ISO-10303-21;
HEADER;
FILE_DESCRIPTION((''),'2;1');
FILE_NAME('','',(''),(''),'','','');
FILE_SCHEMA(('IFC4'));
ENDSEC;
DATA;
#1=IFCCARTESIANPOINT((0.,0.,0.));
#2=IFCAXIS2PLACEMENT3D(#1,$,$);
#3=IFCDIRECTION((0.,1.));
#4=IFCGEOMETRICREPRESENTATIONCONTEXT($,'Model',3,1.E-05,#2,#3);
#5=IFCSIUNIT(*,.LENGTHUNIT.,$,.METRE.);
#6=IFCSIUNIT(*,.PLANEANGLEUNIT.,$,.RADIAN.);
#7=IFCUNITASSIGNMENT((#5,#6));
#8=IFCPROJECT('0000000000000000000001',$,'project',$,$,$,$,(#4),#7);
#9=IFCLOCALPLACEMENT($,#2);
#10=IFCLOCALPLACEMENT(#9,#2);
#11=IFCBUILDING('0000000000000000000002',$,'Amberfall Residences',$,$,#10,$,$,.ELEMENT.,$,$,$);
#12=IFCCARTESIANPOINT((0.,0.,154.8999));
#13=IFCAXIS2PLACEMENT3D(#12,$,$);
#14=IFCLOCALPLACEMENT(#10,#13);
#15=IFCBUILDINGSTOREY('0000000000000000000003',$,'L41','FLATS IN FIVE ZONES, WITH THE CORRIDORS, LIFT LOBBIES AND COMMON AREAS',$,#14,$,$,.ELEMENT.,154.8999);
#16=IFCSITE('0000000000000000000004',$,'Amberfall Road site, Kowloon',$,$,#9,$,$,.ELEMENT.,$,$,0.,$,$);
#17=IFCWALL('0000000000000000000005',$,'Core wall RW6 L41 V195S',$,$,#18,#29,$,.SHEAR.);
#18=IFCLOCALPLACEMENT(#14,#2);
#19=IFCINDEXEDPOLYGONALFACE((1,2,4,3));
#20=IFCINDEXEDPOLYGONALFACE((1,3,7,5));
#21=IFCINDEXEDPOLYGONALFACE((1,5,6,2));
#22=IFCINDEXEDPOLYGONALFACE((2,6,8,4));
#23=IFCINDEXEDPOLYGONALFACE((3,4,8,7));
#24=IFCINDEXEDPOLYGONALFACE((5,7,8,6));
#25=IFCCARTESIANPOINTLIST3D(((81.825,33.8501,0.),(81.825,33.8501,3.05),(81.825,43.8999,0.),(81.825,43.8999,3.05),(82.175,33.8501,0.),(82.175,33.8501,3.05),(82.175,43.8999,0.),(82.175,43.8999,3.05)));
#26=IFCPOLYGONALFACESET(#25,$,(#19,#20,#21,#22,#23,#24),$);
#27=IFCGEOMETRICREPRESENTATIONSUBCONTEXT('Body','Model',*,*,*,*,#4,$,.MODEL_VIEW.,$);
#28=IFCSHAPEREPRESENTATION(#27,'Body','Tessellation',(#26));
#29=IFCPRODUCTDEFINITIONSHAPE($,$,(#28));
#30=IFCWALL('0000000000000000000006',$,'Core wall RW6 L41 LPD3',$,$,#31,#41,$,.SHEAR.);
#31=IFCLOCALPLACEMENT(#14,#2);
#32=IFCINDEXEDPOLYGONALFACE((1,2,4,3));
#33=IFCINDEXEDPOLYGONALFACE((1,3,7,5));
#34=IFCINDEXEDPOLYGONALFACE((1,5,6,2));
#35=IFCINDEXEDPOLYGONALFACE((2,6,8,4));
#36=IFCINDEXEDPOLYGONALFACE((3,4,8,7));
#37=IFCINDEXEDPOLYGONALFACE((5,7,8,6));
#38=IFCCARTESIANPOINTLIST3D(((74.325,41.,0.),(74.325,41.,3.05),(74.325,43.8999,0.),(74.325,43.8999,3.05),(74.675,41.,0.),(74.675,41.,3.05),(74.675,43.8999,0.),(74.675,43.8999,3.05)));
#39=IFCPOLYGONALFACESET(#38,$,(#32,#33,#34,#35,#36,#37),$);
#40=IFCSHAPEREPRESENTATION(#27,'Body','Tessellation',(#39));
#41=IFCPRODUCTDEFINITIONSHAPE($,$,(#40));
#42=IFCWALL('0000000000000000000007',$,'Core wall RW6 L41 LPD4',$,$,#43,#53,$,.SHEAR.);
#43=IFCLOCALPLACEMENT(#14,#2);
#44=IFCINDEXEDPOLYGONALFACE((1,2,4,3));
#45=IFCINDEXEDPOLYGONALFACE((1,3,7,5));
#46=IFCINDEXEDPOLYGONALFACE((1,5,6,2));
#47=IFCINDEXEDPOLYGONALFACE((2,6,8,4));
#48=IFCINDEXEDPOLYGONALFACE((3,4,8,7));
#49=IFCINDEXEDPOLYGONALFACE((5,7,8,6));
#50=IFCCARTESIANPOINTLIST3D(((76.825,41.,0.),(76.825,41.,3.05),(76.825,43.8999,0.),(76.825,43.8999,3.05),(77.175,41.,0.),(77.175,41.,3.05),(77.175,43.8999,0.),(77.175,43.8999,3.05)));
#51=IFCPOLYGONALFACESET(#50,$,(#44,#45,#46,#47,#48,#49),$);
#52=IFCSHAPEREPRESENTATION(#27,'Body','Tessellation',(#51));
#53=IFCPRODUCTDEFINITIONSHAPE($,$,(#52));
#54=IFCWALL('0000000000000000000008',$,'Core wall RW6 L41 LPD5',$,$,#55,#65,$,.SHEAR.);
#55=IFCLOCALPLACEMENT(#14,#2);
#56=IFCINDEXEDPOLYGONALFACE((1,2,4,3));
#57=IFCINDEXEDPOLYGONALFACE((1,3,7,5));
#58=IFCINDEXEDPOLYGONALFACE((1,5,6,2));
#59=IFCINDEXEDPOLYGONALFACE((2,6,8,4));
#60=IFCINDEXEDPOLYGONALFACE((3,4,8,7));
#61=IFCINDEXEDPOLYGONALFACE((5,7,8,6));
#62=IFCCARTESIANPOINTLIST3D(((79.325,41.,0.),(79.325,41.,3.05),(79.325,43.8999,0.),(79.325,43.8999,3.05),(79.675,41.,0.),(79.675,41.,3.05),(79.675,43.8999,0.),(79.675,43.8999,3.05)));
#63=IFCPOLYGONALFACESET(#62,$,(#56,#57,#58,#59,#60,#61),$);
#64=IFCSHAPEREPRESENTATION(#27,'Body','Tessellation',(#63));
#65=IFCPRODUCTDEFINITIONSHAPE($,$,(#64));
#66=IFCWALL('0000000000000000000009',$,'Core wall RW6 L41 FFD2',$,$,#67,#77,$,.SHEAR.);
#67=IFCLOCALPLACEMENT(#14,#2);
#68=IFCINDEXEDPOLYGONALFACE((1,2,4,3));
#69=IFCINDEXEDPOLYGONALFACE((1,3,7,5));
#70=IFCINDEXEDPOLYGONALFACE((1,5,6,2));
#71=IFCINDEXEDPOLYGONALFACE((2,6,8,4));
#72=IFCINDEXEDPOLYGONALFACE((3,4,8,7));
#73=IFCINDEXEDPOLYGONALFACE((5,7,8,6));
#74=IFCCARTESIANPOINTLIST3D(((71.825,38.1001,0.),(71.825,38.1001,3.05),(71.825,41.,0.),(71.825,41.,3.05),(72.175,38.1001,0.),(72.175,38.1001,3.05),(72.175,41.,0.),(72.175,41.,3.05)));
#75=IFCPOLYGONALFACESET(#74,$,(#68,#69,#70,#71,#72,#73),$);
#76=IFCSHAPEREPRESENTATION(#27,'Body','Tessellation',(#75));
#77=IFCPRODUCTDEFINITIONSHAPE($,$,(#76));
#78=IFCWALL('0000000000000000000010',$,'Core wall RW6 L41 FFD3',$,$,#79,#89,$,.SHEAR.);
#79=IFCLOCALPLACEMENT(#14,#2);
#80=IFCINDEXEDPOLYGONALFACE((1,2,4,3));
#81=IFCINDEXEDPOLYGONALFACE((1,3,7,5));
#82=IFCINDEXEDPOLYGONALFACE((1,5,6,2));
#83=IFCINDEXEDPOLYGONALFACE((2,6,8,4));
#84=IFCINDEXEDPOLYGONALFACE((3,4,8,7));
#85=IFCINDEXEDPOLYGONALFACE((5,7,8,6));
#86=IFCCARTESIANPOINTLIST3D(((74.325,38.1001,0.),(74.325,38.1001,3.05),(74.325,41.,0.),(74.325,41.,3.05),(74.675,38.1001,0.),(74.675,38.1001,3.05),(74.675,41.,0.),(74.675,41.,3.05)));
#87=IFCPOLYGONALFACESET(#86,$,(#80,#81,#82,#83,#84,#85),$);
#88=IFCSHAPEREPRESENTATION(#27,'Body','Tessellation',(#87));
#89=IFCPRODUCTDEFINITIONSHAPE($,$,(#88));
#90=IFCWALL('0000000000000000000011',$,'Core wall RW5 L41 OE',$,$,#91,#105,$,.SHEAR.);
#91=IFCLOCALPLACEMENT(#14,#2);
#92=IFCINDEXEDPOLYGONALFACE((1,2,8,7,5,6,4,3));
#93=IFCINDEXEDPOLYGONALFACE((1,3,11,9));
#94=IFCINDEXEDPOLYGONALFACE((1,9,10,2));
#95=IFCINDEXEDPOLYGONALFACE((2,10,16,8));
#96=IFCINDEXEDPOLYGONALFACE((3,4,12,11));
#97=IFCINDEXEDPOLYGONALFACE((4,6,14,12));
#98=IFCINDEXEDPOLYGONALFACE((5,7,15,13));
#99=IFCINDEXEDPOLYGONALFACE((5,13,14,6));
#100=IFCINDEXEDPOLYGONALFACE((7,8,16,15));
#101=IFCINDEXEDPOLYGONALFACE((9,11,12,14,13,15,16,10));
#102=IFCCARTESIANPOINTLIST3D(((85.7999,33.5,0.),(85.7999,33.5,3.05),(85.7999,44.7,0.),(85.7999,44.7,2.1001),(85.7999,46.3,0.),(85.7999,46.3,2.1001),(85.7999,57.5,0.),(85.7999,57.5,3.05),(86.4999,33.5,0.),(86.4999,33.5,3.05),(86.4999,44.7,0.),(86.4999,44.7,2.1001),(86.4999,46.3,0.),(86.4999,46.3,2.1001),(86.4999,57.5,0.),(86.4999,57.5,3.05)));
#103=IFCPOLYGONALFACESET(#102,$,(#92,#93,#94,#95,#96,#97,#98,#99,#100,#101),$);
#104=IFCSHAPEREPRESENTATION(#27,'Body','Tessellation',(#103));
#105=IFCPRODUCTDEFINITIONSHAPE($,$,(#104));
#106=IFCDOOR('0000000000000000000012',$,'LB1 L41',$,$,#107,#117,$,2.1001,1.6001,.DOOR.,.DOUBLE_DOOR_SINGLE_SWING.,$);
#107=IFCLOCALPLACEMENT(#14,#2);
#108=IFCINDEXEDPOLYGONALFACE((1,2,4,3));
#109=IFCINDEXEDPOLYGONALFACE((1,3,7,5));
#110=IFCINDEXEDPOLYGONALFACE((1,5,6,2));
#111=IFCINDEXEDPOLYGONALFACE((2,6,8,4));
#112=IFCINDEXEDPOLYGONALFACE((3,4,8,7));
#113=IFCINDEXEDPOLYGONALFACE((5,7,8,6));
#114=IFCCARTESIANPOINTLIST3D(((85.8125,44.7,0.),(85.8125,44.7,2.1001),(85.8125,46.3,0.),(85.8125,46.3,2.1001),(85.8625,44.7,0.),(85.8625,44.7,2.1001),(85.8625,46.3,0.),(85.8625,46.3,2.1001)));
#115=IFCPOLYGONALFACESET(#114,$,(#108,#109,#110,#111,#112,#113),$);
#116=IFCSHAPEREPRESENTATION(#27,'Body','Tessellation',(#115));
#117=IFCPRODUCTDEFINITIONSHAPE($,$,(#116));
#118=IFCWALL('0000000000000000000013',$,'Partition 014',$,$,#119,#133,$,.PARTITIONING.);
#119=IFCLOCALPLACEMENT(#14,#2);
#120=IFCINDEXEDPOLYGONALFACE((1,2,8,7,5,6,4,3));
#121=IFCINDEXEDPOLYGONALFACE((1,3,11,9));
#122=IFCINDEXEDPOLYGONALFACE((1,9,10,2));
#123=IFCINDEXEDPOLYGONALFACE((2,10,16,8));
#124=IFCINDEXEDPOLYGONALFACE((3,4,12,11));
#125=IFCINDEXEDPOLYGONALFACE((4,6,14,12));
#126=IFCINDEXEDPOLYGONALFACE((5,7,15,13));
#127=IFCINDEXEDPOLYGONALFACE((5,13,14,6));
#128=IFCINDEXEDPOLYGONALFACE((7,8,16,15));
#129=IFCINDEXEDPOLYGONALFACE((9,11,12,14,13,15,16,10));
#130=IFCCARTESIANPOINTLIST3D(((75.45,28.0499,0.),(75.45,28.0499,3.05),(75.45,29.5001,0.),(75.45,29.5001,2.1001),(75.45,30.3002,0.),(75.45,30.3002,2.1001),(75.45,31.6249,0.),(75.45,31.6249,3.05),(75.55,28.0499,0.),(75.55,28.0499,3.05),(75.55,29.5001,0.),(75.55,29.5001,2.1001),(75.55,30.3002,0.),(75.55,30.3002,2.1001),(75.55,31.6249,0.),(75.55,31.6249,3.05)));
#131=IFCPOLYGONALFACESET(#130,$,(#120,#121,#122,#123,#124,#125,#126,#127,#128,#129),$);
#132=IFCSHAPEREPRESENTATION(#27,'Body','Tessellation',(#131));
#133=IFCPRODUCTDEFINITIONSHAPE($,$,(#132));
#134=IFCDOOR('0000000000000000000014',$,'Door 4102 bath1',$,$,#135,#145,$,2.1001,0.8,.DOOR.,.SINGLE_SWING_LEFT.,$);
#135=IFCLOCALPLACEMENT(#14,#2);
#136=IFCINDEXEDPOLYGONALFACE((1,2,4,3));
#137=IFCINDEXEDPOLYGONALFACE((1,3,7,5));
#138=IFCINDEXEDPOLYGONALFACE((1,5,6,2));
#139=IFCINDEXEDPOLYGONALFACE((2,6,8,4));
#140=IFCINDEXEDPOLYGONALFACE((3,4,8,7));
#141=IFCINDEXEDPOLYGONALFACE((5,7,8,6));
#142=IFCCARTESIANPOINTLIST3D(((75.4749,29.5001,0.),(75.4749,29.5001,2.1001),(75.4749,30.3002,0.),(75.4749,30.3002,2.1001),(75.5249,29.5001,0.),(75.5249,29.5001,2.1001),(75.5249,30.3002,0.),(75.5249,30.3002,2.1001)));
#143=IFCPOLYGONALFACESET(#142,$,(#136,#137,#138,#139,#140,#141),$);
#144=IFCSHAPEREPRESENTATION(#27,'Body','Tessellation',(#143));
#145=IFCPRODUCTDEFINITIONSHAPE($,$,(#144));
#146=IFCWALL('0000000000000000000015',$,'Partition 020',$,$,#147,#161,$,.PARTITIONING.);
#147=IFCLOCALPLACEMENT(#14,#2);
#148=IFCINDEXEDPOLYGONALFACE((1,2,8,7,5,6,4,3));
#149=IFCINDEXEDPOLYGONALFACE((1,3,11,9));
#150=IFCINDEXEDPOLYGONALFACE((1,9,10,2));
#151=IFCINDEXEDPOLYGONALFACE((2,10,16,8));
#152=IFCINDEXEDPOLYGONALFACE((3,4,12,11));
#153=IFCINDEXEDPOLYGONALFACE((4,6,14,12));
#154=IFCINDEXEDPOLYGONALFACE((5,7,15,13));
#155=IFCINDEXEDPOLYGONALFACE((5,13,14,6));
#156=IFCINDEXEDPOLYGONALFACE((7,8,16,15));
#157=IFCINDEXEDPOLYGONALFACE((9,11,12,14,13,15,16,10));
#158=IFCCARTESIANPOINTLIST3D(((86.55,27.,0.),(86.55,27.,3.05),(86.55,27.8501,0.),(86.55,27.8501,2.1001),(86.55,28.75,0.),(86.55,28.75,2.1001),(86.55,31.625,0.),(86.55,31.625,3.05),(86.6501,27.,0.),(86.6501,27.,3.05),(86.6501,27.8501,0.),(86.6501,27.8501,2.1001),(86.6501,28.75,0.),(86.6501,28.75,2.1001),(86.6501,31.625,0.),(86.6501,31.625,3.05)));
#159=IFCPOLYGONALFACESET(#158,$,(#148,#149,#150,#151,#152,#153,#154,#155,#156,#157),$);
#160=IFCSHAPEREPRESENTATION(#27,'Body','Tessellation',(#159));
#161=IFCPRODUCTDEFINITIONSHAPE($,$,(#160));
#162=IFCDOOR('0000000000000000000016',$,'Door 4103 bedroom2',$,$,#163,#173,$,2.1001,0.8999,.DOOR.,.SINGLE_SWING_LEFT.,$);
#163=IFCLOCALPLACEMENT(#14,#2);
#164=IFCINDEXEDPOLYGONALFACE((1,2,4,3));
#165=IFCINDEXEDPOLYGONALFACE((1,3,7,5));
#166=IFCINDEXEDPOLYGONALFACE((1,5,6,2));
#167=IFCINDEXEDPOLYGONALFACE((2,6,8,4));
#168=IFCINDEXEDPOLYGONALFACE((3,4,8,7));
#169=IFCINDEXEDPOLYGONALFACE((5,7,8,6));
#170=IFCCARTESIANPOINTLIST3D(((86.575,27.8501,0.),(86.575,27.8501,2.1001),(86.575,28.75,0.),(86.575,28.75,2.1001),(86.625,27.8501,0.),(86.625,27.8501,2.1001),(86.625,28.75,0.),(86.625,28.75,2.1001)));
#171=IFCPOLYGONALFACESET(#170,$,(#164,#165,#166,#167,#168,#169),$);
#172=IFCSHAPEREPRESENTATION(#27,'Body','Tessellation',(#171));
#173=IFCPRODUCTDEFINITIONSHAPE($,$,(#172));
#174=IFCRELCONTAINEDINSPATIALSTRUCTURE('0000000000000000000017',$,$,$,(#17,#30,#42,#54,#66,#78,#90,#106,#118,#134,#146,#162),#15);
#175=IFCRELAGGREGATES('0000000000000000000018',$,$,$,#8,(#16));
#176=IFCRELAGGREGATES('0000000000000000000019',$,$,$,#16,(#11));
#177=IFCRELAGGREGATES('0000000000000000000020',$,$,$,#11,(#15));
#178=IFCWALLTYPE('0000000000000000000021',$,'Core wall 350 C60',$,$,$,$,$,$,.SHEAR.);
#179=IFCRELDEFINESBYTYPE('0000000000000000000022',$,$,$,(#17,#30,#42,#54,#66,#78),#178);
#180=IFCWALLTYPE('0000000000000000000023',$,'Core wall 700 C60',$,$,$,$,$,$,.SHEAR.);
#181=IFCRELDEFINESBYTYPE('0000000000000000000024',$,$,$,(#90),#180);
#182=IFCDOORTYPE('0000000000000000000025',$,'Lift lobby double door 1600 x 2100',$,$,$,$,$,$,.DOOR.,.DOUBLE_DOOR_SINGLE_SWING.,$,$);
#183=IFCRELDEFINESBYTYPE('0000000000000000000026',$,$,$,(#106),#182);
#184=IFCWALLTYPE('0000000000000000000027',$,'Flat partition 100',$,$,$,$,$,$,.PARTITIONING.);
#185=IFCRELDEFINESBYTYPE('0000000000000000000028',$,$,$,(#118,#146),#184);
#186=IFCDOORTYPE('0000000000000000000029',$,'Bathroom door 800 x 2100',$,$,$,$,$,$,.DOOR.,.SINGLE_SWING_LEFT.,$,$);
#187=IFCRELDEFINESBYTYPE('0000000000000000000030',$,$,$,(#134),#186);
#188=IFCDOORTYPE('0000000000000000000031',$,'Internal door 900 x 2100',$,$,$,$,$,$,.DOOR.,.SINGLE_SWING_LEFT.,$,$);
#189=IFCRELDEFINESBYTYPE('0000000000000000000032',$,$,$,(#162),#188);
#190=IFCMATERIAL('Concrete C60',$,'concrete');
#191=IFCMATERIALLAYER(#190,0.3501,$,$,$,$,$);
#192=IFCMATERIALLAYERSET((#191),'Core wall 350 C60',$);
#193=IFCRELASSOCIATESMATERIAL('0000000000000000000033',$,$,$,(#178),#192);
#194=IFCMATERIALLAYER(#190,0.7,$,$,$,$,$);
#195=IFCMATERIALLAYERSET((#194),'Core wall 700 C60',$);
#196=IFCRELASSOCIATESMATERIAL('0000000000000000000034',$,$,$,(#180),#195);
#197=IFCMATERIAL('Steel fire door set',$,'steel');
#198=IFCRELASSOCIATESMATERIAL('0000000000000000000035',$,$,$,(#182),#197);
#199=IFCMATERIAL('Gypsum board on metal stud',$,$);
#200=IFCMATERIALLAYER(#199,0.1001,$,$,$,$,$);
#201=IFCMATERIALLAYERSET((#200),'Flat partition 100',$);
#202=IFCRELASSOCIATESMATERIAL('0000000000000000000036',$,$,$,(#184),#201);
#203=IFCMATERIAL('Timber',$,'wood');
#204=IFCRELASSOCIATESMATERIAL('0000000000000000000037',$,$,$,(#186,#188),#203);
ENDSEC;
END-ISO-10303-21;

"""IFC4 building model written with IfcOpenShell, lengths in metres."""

from ifc_helpers import new_model, si_unit, direction, frame, frame_2d, origin, place, context, subcontext, project, spatial, rectangle, extrude, material, layer, layer_set, type_object, element, fill, save


model = new_model("IFC4")

# Units and contexts
model_context = context("Model", 3, precision=1e-05, world=origin(), true_north=direction((0.0, 1.0)))
body_context = subcontext(model_context, "Body", "Model", "MODEL_VIEW")
ifc_project = project(units=[si_unit("LENGTHUNIT", "METRE"), si_unit("PLANEANGLEUNIT", "RADIAN")], contexts=[model_context])

# Site, building, storey
site_placement = place(None, origin())
site = spatial("IfcSite", under=ifc_project, at=site_placement, Name="Amberfall Road site, Kowloon", CompositionType="ELEMENT", RefElevation=0.0)
building_placement = place(site_placement, origin())
building = spatial("IfcBuilding", under=site, at=building_placement, Name="Amberfall Residences", CompositionType="ELEMENT")
storey_placement = place(building_placement, frame((0.0, 0.0, 154.8999)))
storey = spatial("IfcBuildingStorey", under=building, at=storey_placement, Name="L41", Description="FLATS IN FIVE ZONES, WITH THE CORRIDORS, LIFT LOBBIES AND COMMON AREAS", CompositionType="ELEMENT", Elevation=154.8999)

# Walls
ifc_material_1 = material(Name="Concrete C60", Category="concrete")
ifc_layer_1 = layer(ifc_material_1, 0.3501)
ifc_layer_set_1 = layer_set([ifc_layer_1], Name="Core wall 350 C60")
wall_type_1 = type_object("IfcWallType", Name="Core wall 350 C60", PredefinedType="SHEAR", material=ifc_layer_set_1)
wall_1_placement = place(storey_placement, frame((82.0, 33.8501, 0.0), z_axis=(0.0, 0.0, 1.0), x_axis=(0.0, 1.0, 0.0)))
element("IfcWall", 1, at=wall_1_placement, inside=storey, type_object=wall_type_1, Name="Core wall RW6 L41 V195S", PredefinedType="SHEAR", context=body_context, shape_type="SweptSolid", body=[
    extrude(rectangle(XDim=10.0498, YDim=0.3501, at=frame_2d((5.0249, 0.0))), origin(), (0.0, 0.0, 1.0), 3.05),
])
for number, where, z_axis, x_axis, name in (
    (2, (74.5, 41.0, 0.0), (0.0, 0.0, 1.0), (0.0, 1.0, 0.0), "Core wall RW6 L41 LPD3"),
    (3, (77.0, 41.0, 0.0), (0.0, 0.0, 1.0), (0.0, 1.0, 0.0), "Core wall RW6 L41 LPD4"),
    (4, (79.5, 41.0, 0.0), (0.0, 0.0, 1.0), (0.0, 1.0, 0.0), "Core wall RW6 L41 LPD5"),
    (5, (72.0, 38.1001, 0.0), (0.0, 0.0, 1.0), (0.0, 1.0, 0.0), "Core wall RW6 L41 FFD2"),
    (6, (74.5, 38.1001, 0.0), (0.0, 0.0, 1.0), (0.0, 1.0, 0.0), "Core wall RW6 L41 FFD3"),
):
    element("IfcWall", number, at=place(storey_placement, frame(where, z_axis=z_axis, x_axis=x_axis)), inside=storey, type_object=wall_type_1, Name=name, PredefinedType="SHEAR", context=body_context, shape_type="SweptSolid", body=[
        extrude(rectangle(XDim=2.8999, YDim=0.3501, at=frame_2d((1.45, 0.0))), origin(), (0.0, 0.0, 1.0), 3.05),
    ])

# Walls, openings, doors
ifc_layer_2 = layer(ifc_material_1, 0.7)
ifc_layer_set_2 = layer_set([ifc_layer_2], Name="Core wall 700 C60")
wall_type_2 = type_object("IfcWallType", Name="Core wall 700 C60", PredefinedType="SHEAR", material=ifc_layer_set_2)
wall_2_placement = place(storey_placement, frame((86.1499, 33.5, 0.0), z_axis=(0.0, 0.0, 1.0), x_axis=(0.0, 1.0, 0.0)))
wall_2 = element("IfcWall", 7, at=wall_2_placement, inside=storey, type_object=wall_type_2, Name="Core wall RW5 L41 OE", PredefinedType="SHEAR", context=body_context, shape_type="SweptSolid", body=[
    extrude(rectangle(XDim=24.0, YDim=0.7, at=frame_2d((12.0, 0.0))), origin(), (0.0, 0.0, 1.0), 3.05),
])
opening_1_placement = place(wall_2_placement, frame((11.2, 0.0, 0.0)))
opening_1 = element("IfcOpeningElement", 8, at=opening_1_placement, cuts=wall_2, PredefinedType="OPENING", context=body_context, shape_type="SweptSolid", body=[
    extrude(rectangle(XDim=1.6001, YDim=2.1001, at=frame_2d((0.8, 1.05))), frame((0.0, 0.3599, 0.0), z_axis=(0.0, -1.0, 0.0), x_axis=(1.0, 0.0, 0.0)), (0.0, 0.0, 1.0), 0.72),
])
ifc_material_2 = material(Name="Steel fire door set", Category="steel")
door_type_1 = type_object("IfcDoorType", Name="Lift lobby double door 1600 x 2100", OperationType="DOUBLE_DOOR_SINGLE_SWING", PredefinedType="DOOR", material=ifc_material_2)
door_1_placement = place(opening_1_placement, origin())
door_1 = element("IfcDoor", 9, at=door_1_placement, inside=storey, type_object=door_type_1, Name="LB1 L41", OperationType="DOUBLE_DOOR_SINGLE_SWING", OverallHeight=2.1001, OverallWidth=1.6001, PredefinedType="DOOR", context=body_context, shape_type="SweptSolid", body=[
    extrude(rectangle(XDim=1.6001, YDim=2.1001, at=frame_2d((0.8, 1.05))), frame((0.0, 0.3374, 0.0), z_axis=(0.0, -1.0, 0.0), x_axis=(1.0, 0.0, 0.0)), (0.0, 0.0, 1.0), 0.05),
])
fill(opening_1, door_1)
ifc_material_3 = material(Name="Gypsum board on metal stud")
ifc_layer_3 = layer(ifc_material_3, 0.1001)
ifc_layer_set_3 = layer_set([ifc_layer_3], Name="Flat partition 100")
wall_type_3 = type_object("IfcWallType", Name="Flat partition 100", PredefinedType="PARTITIONING", material=ifc_layer_set_3)
wall_3_placement = place(storey_placement, frame((75.5, 31.625, 0.0), z_axis=(0.0, 0.0, 1.0), x_axis=(0.0, -1.0, 0.0)))
wall_3 = element("IfcWall", 10, at=wall_3_placement, inside=storey, type_object=wall_type_3, Name="Partition 014", PredefinedType="PARTITIONING", context=body_context, shape_type="SweptSolid", body=[
    extrude(rectangle(XDim=3.575, YDim=0.1001, at=frame_2d((1.7876, 0.0))), origin(), (0.0, 0.0, 1.0), 3.05),
])
opening_2_placement = place(wall_3_placement, frame((1.325, 0.0, 0.0)))
opening_2 = element("IfcOpeningElement", 11, at=opening_2_placement, cuts=wall_3, PredefinedType="OPENING", context=body_context, shape_type="SweptSolid", body=[
    extrude(rectangle(XDim=0.8, YDim=2.1001, at=frame_2d((0.3999, 1.05))), frame((0.0, 0.0601, 0.0), z_axis=(0.0, -1.0, 0.0), x_axis=(1.0, 0.0, 0.0)), (0.0, 0.0, 1.0), 0.1201),
])
ifc_material_4 = material(Name="Timber", Category="wood")
door_type_2 = type_object("IfcDoorType", Name="Bathroom door 800 x 2100", OperationType="SINGLE_SWING_LEFT", PredefinedType="DOOR", material=ifc_material_4)
door_2_placement = place(opening_2_placement, origin())
door_2 = element("IfcDoor", 12, at=door_2_placement, inside=storey, type_object=door_type_2, Name="Door 4102 bath1", OperationType="SINGLE_SWING_LEFT", OverallHeight=2.1001, OverallWidth=0.8, PredefinedType="DOOR", context=body_context, shape_type="SweptSolid", body=[
    extrude(rectangle(XDim=0.8, YDim=2.1001, at=frame_2d((0.3999, 1.05))), frame((0.0, 0.0249, 0.0), z_axis=(0.0, -1.0, 0.0), x_axis=(1.0, 0.0, 0.0)), (0.0, 0.0, 1.0), 0.05),
])
fill(opening_2, door_2)
wall_4_placement = place(storey_placement, frame((86.6001, 31.625, 0.0), z_axis=(0.0, 0.0, 1.0), x_axis=(0.0, -1.0, 0.0)))
wall_4 = element("IfcWall", 13, at=wall_4_placement, inside=storey, type_object=wall_type_3, Name="Partition 020", PredefinedType="PARTITIONING", context=body_context, shape_type="SweptSolid", body=[
    extrude(rectangle(XDim=4.625, YDim=0.1001, at=frame_2d((2.3125, 0.0))), origin(), (0.0, 0.0, 1.0), 3.05),
])
opening_3_placement = place(wall_4_placement, frame((2.875, 0.0, 0.0)))
opening_3 = element("IfcOpeningElement", 14, at=opening_3_placement, cuts=wall_4, PredefinedType="OPENING", context=body_context, shape_type="SweptSolid", body=[
    extrude(rectangle(XDim=0.8999, YDim=2.1001, at=frame_2d((0.45, 1.05))), frame((0.0, 0.0601, 0.0), z_axis=(0.0, -1.0, 0.0), x_axis=(1.0, 0.0, 0.0)), (0.0, 0.0, 1.0), 0.1201),
])
door_type_3 = type_object("IfcDoorType", Name="Internal door 900 x 2100", OperationType="SINGLE_SWING_LEFT", PredefinedType="DOOR", material=ifc_material_4)
door_3_placement = place(opening_3_placement, origin())
door_3 = element("IfcDoor", 15, at=door_3_placement, inside=storey, type_object=door_type_3, Name="Door 4103 bedroom2", OperationType="SINGLE_SWING_LEFT", OverallHeight=2.1001, OverallWidth=0.8999, PredefinedType="DOOR", context=body_context, shape_type="SweptSolid", body=[
    extrude(rectangle(XDim=0.8999, YDim=2.1001, at=frame_2d((0.45, 1.05))), frame((0.0, 0.0249, 0.0), z_axis=(0.0, -1.0, 0.0), x_axis=(1.0, 0.0, 0.0)), (0.0, 0.0, 1.0), 0.05),
])
fill(opening_3, door_3)

save(model, "model.ifc")
